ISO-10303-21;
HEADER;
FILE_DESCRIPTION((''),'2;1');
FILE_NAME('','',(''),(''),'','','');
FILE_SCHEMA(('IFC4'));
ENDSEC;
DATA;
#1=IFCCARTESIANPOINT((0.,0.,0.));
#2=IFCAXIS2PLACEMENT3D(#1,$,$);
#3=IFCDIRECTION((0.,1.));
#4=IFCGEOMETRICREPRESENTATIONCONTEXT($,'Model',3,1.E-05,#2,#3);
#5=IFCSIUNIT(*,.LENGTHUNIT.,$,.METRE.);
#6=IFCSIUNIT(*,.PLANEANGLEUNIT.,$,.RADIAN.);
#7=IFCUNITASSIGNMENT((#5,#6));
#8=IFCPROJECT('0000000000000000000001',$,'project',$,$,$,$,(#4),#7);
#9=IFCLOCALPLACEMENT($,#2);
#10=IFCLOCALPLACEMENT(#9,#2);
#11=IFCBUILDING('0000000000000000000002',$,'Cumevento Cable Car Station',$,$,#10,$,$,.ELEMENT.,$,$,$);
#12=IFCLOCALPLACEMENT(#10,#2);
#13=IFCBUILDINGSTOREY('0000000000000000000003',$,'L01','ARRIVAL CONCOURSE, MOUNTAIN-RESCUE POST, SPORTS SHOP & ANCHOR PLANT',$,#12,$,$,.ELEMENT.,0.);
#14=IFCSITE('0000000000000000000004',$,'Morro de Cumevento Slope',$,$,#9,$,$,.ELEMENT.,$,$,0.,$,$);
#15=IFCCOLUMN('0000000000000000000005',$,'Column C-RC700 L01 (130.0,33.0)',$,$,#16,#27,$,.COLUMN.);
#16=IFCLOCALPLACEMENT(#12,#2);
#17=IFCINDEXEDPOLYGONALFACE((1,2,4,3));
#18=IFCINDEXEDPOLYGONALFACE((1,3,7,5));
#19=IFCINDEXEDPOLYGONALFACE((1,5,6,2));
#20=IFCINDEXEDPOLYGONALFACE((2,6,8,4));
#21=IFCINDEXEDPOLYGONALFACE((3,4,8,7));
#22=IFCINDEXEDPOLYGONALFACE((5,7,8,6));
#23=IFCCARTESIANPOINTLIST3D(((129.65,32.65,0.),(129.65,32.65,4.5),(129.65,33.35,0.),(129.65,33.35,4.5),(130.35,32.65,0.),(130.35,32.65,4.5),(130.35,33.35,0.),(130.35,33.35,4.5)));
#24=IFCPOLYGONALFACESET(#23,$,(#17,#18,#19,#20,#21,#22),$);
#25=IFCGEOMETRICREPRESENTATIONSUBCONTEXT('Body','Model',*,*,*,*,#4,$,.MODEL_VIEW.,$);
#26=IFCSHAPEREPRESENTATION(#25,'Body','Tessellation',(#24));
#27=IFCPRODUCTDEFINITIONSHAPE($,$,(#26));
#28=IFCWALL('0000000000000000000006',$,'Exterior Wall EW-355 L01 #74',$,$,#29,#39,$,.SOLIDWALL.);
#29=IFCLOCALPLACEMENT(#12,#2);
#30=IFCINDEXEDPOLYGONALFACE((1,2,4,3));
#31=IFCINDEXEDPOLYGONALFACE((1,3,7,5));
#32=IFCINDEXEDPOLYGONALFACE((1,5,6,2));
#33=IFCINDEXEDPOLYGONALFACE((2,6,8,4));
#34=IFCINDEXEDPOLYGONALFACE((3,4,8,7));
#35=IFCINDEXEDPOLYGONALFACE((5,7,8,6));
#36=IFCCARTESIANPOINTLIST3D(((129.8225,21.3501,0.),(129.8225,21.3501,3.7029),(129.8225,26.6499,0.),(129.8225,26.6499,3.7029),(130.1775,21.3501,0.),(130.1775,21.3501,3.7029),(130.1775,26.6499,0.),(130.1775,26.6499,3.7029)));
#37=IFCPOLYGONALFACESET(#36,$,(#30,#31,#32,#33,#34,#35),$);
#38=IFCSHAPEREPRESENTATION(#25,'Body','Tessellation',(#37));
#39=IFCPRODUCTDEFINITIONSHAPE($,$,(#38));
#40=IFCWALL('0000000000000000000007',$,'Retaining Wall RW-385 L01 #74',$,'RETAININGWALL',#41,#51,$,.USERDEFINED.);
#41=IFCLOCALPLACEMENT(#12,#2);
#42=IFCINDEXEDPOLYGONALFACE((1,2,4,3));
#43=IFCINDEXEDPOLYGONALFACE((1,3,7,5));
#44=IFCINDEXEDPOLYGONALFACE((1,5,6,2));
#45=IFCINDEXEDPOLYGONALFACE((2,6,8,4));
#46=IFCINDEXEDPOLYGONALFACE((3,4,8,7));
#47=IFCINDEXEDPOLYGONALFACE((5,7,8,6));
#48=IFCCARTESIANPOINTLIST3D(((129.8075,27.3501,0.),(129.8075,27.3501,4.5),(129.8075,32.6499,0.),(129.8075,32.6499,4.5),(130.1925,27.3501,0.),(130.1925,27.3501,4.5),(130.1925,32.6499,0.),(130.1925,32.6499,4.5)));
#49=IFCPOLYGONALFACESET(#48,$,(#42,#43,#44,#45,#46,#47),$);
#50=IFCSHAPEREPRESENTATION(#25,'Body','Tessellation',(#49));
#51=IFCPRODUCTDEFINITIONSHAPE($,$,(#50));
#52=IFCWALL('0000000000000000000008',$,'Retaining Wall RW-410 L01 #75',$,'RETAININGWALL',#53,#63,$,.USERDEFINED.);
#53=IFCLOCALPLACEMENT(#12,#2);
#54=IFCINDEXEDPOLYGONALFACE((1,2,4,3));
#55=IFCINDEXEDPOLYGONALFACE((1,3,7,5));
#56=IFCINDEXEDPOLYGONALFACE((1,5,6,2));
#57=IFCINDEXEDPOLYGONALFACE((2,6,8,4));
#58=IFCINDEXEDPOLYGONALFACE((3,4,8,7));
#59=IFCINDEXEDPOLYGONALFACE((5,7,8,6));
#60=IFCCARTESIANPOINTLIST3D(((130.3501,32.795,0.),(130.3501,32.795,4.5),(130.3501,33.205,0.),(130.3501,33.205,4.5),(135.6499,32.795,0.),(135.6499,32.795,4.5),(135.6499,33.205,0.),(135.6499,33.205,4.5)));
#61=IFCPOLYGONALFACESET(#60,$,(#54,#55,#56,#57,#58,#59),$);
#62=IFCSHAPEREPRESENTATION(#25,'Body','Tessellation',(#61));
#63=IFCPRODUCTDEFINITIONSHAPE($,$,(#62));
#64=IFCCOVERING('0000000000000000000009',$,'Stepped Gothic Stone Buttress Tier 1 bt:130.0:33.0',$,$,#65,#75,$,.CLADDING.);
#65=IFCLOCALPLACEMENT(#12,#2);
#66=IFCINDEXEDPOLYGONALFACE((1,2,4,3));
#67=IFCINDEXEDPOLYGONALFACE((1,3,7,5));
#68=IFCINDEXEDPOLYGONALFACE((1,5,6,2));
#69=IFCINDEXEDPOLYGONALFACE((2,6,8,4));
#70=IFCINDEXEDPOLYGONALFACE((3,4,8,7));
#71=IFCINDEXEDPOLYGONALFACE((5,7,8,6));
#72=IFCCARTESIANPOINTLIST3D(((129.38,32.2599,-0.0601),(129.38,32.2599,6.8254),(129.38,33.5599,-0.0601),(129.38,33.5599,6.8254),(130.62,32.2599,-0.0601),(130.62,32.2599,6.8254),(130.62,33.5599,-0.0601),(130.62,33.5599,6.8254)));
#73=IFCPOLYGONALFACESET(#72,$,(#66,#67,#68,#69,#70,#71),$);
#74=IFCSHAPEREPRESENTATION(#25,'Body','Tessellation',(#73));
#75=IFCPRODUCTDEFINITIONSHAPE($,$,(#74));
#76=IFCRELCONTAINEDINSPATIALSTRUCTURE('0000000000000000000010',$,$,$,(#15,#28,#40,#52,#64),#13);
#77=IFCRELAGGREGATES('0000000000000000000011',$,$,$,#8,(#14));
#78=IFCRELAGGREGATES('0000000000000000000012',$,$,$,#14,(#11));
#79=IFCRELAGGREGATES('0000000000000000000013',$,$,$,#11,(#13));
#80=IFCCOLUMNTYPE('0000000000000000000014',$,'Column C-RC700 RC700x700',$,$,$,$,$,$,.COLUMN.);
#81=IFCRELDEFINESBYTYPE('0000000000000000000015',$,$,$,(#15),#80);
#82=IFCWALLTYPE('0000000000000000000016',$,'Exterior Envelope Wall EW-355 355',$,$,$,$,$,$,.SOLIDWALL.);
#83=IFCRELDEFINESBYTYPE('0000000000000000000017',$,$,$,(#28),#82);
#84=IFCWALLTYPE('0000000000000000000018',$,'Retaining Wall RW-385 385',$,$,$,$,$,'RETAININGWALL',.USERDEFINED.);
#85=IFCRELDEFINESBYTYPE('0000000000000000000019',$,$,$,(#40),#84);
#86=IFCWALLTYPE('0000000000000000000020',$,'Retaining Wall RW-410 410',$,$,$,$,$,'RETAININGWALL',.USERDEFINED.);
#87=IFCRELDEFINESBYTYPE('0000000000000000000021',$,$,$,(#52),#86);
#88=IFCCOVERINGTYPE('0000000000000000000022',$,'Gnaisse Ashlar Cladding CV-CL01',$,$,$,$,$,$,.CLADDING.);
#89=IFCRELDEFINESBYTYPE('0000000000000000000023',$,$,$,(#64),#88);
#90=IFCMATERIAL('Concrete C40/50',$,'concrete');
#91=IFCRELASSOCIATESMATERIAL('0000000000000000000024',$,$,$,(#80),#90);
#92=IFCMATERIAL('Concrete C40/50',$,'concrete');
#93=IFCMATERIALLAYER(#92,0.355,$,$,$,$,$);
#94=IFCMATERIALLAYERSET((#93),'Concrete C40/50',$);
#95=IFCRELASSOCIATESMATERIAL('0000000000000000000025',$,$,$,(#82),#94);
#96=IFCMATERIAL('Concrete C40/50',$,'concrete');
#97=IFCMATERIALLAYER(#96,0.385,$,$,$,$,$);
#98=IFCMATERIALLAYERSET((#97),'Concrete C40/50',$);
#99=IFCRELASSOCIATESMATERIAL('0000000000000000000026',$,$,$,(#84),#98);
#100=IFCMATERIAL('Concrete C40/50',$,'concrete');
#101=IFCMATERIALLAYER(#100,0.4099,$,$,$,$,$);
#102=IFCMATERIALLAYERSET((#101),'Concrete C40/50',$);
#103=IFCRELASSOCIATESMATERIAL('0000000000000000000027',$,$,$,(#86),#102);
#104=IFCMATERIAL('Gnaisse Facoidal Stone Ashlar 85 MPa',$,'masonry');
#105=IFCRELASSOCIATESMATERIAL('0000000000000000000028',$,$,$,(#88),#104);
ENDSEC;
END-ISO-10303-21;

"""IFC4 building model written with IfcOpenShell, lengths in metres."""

from ifc_helpers import new_model, si_unit, direction, frame, frame_2d, origin, origin_2d, place, context, subcontext, project, spatial, rectangle, extrude, material, layer, layer_set, material_profile, profile_set, type_object, element, save


model = new_model("IFC4")

# Units and contexts
model_context = context("Model", 3, precision=1e-05, world=origin(), true_north=direction((0.0, 1.0)))
body_context = subcontext(model_context, "Body", "Model", "MODEL_VIEW")
ifc_project = project(units=[si_unit("LENGTHUNIT", "METRE"), si_unit("PLANEANGLEUNIT", "RADIAN")], contexts=[model_context])

# Site, building, storey
site_placement = place(None, origin())
site = spatial("IfcSite", under=ifc_project, at=site_placement, Name="Morro de Cumevento Slope", CompositionType="ELEMENT", RefElevation=0.0)
building_placement = place(site_placement, origin())
building = spatial("IfcBuilding", under=site, at=building_placement, Name="Cumevento Cable Car Station", CompositionType="ELEMENT")
storey_placement = place(building_placement, origin())
storey = spatial("IfcBuildingStorey", under=building, at=storey_placement, Name="L01", Description="ARRIVAL CONCOURSE, MOUNTAIN-RESCUE POST, SPORTS SHOP & ANCHOR PLANT", CompositionType="ELEMENT", Elevation=0.0)

# Column
ifc_material_1 = material(Name="Concrete C40/50", Category="concrete")
ifc_material_profile_1 = material_profile(ifc_material_1, rectangle(XDim=0.7, YDim=0.7, at=origin_2d()), Name="RC700x700")
ifc_profile_set_1 = profile_set([ifc_material_profile_1], Name="Concrete C40/50")
column_type = type_object("IfcColumnType", Name="Column C-RC700 RC700x700", PredefinedType="COLUMN", material=ifc_profile_set_1)
for number, where, z_axis, x_axis, name in (
    (1, (130.0, 33.0, 0.0), (0.0, 0.0, 1.0), (1.0, 0.0, 0.0), "Column C-RC700 L01 (130.0,33.0)"),
):
    element("IfcColumn", number, at=place(storey_placement, frame(where, z_axis=z_axis, x_axis=x_axis)), inside=storey, type_object=column_type, Name=name, PredefinedType="COLUMN", context=body_context, shape_type="SweptSolid", body=[
        extrude(rectangle(XDim=0.7, YDim=0.7, at=origin_2d()), origin(), (0.0, 0.0, 1.0), 4.5),
    ])

# Walls
ifc_material_2 = material(Name="Concrete C40/50", Category="concrete")
ifc_layer_1 = layer(ifc_material_2, 0.355)
ifc_layer_set_1 = layer_set([ifc_layer_1], Name="Concrete C40/50")
wall_type_1 = type_object("IfcWallType", Name="Exterior Envelope Wall EW-355 355", PredefinedType="SOLIDWALL", material=ifc_layer_set_1)
wall_1_placement = place(storey_placement, frame((130.0, 26.6499, 0.0), z_axis=(0.0, 0.0, 1.0), x_axis=(0.0, -1.0, 0.0)))
element("IfcWall", 2, at=wall_1_placement, inside=storey, type_object=wall_type_1, Name="Exterior Wall EW-355 L01 #74", PredefinedType="SOLIDWALL", context=body_context, shape_type="SweptSolid", body=[
    extrude(rectangle(XDim=5.2998, YDim=0.355, at=frame_2d((2.6499, 0.0))), origin(), (0.0, 0.0, 1.0), 3.7029),
])
ifc_material_3 = material(Name="Concrete C40/50", Category="concrete")
ifc_layer_2 = layer(ifc_material_3, 0.385)
ifc_layer_set_2 = layer_set([ifc_layer_2], Name="Concrete C40/50")
wall_type_2 = type_object("IfcWallType", Name="Retaining Wall RW-385 385", ElementType="RETAININGWALL", PredefinedType="USERDEFINED", material=ifc_layer_set_2)
wall_2_placement = place(storey_placement, frame((130.0, 27.3501, 0.0), z_axis=(0.0, 0.0, 1.0), x_axis=(0.0, 1.0, 0.0)))
element("IfcWall", 3, at=wall_2_placement, inside=storey, type_object=wall_type_2, Name="Retaining Wall RW-385 L01 #74", ObjectType="RETAININGWALL", PredefinedType="USERDEFINED", context=body_context, shape_type="SweptSolid", body=[
    extrude(rectangle(XDim=5.2998, YDim=0.385, at=frame_2d((2.6499, 0.0))), origin(), (0.0, 0.0, 1.0), 4.5),
])
ifc_material_4 = material(Name="Concrete C40/50", Category="concrete")
ifc_layer_3 = layer(ifc_material_4, 0.4099)
ifc_layer_set_3 = layer_set([ifc_layer_3], Name="Concrete C40/50")
wall_type_3 = type_object("IfcWallType", Name="Retaining Wall RW-410 410", ElementType="RETAININGWALL", PredefinedType="USERDEFINED", material=ifc_layer_set_3)
wall_3_placement = place(storey_placement, frame((130.3501, 33.0, 0.0), z_axis=(0.0, 0.0, 1.0), x_axis=(1.0, 0.0, 0.0)))
element("IfcWall", 4, at=wall_3_placement, inside=storey, type_object=wall_type_3, Name="Retaining Wall RW-410 L01 #75", ObjectType="RETAININGWALL", PredefinedType="USERDEFINED", context=body_context, shape_type="SweptSolid", body=[
    extrude(rectangle(XDim=5.2998, YDim=0.4099, at=frame_2d((2.6499, 0.0))), origin(), (0.0, 0.0, 1.0), 4.5),
])

# Covering
ifc_material_5 = material(Name="Gnaisse Facoidal Stone Ashlar 85 MPa", Category="masonry")
covering_type = type_object("IfcCoveringType", Name="Gnaisse Ashlar Cladding CV-CL01", PredefinedType="CLADDING", material=ifc_material_5)
covering_1_placement = place(storey_placement, frame((130.0, 32.9099, -0.0601), z_axis=(0.0, 0.0, 1.0), x_axis=(1.0, 0.0, 0.0)))
element("IfcCovering", 5, at=covering_1_placement, inside=storey, type_object=covering_type, Name="Stepped Gothic Stone Buttress Tier 1 bt:130.0:33.0", PredefinedType="CLADDING", context=body_context, shape_type="SweptSolid", body=[
    extrude(rectangle(XDim=1.24, YDim=1.3, at=origin_2d()), origin(), (0.0, 0.0, 1.0), 6.8855),
])

save(model, "model.ifc")
